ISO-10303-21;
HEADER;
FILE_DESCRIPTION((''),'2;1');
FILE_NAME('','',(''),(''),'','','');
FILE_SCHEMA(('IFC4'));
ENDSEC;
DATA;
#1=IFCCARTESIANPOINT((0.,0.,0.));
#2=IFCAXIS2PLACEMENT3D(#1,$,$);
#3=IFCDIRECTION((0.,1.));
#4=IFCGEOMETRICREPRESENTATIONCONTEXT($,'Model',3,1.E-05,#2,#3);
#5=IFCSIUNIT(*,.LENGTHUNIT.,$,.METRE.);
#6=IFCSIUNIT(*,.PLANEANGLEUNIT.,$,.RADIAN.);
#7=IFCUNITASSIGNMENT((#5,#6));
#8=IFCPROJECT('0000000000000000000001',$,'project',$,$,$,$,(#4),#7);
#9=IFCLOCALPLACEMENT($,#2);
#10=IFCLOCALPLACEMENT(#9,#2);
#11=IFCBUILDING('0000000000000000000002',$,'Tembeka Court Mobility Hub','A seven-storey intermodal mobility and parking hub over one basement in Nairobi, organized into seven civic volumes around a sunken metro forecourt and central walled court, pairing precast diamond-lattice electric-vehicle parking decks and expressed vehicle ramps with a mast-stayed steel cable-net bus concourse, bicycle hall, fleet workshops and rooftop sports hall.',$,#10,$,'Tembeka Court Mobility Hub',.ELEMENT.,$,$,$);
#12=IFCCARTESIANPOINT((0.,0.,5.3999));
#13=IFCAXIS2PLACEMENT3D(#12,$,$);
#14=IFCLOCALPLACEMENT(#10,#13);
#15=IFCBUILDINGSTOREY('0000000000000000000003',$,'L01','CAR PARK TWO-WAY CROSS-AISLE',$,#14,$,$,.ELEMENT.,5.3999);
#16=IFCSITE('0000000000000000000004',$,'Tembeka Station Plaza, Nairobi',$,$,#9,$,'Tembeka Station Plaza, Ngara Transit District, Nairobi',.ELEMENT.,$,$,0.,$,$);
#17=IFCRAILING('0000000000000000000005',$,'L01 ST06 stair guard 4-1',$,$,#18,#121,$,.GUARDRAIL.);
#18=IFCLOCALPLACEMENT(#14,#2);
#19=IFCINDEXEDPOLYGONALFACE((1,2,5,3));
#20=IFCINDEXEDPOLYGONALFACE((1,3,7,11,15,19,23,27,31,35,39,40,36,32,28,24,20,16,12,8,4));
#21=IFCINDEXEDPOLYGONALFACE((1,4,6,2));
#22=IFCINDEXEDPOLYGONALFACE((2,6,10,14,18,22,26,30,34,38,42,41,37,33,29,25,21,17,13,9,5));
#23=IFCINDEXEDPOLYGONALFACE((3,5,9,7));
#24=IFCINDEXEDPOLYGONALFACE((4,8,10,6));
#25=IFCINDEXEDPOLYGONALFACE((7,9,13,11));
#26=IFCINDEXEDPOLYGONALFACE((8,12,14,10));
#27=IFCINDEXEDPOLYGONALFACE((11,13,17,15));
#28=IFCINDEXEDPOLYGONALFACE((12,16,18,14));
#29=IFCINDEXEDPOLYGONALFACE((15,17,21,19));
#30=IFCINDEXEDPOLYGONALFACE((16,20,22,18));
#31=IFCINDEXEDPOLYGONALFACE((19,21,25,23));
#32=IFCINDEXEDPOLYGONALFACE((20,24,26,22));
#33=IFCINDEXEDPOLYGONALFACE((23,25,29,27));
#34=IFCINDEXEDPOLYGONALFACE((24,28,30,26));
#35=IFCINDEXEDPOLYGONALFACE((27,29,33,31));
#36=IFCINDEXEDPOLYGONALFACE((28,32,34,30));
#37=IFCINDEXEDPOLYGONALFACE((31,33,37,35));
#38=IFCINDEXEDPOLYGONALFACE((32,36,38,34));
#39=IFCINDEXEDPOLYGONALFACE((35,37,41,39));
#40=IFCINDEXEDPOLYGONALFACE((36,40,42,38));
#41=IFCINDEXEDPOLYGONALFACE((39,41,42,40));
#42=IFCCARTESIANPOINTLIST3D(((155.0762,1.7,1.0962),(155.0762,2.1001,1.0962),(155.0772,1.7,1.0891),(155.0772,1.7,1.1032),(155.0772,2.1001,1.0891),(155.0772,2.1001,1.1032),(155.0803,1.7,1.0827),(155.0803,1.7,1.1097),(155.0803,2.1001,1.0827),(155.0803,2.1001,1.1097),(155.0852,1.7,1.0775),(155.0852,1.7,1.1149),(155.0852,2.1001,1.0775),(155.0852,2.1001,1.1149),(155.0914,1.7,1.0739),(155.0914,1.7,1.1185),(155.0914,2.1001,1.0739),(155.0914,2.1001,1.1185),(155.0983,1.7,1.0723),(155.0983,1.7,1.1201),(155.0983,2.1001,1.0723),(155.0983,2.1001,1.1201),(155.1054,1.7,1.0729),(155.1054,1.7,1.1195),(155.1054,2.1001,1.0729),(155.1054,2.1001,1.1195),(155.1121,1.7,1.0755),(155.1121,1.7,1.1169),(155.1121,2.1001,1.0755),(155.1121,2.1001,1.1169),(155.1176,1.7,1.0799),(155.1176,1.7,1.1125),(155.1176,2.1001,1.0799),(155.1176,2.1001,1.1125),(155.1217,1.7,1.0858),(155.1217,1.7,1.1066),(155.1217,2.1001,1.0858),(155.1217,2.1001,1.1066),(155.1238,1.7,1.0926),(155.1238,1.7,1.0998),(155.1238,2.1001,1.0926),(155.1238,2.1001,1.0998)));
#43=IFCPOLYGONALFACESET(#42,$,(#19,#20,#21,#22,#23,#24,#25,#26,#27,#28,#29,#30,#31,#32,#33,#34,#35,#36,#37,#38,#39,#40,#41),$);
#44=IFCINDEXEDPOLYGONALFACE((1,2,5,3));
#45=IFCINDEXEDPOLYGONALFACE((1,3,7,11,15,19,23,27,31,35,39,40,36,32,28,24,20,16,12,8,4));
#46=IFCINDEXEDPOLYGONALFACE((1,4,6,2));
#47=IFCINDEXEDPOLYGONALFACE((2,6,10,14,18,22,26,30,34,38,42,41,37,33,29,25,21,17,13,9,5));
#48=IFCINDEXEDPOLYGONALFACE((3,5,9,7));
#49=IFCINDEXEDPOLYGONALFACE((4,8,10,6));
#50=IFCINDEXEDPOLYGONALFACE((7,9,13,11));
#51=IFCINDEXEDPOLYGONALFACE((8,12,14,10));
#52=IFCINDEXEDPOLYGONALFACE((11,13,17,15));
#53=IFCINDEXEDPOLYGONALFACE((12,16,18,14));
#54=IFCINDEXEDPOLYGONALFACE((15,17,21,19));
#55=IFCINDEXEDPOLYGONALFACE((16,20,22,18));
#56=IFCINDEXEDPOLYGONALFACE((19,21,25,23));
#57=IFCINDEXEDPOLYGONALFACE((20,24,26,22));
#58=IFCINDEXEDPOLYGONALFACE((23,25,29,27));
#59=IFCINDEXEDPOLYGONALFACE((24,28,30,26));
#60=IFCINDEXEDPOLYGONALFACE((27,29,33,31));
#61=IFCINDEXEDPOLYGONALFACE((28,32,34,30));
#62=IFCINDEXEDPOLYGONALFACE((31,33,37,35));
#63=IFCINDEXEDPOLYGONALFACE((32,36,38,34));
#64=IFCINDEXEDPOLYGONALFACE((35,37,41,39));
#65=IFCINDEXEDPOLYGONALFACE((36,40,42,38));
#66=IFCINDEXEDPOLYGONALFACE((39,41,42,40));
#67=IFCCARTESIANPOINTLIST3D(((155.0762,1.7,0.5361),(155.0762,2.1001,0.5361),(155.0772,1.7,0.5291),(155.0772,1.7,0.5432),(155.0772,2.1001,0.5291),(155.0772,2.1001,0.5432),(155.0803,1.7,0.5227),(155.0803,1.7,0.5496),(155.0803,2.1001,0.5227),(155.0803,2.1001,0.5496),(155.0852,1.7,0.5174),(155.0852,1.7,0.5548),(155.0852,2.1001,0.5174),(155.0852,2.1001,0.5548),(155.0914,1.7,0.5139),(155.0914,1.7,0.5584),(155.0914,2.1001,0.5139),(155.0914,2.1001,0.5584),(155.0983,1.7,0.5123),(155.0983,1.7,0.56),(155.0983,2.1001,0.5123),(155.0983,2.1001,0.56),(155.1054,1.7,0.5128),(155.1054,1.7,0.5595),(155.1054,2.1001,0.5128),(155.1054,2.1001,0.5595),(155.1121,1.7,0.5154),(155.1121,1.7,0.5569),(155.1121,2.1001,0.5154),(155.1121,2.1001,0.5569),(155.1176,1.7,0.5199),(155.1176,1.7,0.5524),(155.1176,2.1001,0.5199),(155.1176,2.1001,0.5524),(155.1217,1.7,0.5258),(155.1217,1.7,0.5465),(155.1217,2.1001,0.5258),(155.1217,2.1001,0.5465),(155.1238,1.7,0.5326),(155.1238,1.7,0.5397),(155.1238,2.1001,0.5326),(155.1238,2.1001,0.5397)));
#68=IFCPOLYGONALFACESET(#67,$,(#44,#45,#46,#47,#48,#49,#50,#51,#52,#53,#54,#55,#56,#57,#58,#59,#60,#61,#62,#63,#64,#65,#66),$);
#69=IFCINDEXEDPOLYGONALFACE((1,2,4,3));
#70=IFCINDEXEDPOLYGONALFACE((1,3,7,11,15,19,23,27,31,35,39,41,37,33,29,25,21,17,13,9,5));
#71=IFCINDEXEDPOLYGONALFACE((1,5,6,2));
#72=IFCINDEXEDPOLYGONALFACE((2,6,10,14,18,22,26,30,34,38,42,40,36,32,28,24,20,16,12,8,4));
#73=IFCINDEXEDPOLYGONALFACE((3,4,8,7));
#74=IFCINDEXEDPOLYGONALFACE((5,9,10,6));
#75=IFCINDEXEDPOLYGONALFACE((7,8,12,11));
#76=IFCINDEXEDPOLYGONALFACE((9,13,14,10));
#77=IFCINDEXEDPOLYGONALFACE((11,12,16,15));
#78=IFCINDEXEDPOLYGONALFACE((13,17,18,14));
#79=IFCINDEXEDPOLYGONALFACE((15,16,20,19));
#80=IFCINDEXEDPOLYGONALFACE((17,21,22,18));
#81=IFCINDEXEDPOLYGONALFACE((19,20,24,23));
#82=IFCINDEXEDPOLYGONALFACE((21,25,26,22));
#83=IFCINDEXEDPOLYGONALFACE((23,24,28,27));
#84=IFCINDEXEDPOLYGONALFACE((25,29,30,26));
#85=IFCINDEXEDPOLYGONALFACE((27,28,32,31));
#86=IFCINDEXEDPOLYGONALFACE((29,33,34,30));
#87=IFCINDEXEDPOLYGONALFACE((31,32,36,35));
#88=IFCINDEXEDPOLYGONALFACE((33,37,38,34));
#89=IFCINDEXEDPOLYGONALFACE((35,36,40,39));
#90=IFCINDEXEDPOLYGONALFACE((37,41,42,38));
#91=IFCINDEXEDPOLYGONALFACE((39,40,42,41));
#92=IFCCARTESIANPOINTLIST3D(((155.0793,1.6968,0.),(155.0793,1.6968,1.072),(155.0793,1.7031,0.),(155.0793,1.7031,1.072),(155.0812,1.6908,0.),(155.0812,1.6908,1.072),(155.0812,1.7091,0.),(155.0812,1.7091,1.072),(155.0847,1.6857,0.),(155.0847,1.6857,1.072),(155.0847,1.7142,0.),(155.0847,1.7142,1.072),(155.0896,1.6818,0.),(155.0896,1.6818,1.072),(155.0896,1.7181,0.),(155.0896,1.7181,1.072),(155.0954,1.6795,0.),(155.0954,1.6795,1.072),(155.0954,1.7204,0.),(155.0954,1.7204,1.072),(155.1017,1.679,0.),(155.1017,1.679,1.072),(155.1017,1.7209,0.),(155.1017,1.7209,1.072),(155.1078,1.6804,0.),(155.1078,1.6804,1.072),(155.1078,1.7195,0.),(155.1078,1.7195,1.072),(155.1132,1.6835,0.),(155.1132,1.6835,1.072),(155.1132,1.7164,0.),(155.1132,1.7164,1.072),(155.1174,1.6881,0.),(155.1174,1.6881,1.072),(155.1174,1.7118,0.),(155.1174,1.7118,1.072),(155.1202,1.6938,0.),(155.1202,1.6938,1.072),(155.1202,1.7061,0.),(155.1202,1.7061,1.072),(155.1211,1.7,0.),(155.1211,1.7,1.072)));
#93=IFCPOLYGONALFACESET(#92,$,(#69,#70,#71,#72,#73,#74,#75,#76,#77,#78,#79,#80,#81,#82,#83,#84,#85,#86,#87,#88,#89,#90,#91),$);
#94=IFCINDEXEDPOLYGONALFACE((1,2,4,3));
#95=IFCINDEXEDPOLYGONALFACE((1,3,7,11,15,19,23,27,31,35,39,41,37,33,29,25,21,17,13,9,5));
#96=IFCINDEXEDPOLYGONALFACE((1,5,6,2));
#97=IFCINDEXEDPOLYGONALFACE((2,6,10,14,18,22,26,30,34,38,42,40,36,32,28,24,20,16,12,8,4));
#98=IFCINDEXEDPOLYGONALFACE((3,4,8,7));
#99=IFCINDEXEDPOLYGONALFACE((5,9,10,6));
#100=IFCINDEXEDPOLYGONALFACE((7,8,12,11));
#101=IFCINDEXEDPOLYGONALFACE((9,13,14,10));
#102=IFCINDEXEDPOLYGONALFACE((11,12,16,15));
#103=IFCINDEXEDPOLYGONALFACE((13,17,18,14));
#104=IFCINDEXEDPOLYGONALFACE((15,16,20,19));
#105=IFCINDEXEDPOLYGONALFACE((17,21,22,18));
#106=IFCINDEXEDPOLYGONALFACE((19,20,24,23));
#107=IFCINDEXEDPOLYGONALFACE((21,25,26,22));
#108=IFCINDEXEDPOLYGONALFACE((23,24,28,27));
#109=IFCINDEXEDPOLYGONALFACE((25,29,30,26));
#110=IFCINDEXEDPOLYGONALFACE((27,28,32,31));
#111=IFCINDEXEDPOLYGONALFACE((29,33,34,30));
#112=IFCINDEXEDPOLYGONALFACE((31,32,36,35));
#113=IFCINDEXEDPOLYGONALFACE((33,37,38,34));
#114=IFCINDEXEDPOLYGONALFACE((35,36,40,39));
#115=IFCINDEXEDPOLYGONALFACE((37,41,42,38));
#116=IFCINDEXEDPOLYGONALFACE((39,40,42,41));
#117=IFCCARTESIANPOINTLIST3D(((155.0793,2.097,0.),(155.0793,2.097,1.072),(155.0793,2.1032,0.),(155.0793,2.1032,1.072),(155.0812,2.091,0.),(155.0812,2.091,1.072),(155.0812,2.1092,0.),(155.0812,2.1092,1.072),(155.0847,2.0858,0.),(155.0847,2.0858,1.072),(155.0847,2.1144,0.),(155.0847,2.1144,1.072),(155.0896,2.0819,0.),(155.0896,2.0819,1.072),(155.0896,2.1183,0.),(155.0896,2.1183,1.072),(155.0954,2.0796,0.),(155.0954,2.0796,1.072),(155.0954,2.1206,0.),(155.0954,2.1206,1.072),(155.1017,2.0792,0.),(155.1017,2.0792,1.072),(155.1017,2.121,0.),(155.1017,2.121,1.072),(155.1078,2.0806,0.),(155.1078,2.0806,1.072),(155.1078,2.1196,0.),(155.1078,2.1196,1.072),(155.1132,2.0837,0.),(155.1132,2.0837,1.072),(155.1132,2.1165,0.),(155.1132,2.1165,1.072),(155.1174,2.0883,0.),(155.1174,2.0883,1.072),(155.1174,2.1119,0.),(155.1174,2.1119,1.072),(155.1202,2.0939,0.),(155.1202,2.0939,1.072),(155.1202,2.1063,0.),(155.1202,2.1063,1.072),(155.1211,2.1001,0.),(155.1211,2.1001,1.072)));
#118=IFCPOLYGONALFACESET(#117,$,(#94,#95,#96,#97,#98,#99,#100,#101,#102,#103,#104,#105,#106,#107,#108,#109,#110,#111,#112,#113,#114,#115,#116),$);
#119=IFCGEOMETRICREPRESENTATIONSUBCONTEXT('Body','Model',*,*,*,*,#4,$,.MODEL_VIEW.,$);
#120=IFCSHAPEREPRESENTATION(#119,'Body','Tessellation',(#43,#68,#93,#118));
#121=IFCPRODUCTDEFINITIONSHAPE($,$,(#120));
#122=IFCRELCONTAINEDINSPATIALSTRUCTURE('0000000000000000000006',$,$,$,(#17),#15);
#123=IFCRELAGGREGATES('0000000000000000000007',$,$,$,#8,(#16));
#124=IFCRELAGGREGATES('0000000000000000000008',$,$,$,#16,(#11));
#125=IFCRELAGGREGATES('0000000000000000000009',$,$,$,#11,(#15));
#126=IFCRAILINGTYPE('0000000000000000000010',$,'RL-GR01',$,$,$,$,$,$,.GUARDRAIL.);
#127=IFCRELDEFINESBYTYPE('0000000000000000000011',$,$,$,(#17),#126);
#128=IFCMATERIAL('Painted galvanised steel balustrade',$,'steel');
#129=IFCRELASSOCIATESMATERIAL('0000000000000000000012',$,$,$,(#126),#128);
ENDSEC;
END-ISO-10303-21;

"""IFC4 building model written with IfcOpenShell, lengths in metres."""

from ifc_helpers import new_model, si_unit, direction, frame, origin, origin_2d, place, context, subcontext, project, spatial, circle, extrude, material, type_object, element, save


model = new_model("IFC4")

# Units and contexts
model_context = context("Model", 3, precision=1e-05, world=origin(), true_north=direction((0.0, 1.0)))
body_context = subcontext(model_context, "Body", "Model", "MODEL_VIEW")
ifc_project = project(units=[si_unit("LENGTHUNIT", "METRE"), si_unit("PLANEANGLEUNIT", "RADIAN")], contexts=[model_context])

# Site, building, storey
site_placement = place(None, origin())
site = spatial("IfcSite", under=ifc_project, at=site_placement, Name="Tembeka Station Plaza, Nairobi", LongName="Tembeka Station Plaza, Ngara Transit District, Nairobi", CompositionType="ELEMENT", RefElevation=0.0)
building_placement = place(site_placement, origin())
building = spatial("IfcBuilding", under=site, at=building_placement, Name="Tembeka Court Mobility Hub", Description="A seven-storey intermodal mobility and parking hub over one basement in Nairobi, organized into seven civic volumes around a sunken metro forecourt and central walled court, pairing precast diamond-lattice electric-vehicle parking decks and expressed vehicle ramps with a mast-stayed steel cable-net bus concourse, bicycle hall, fleet workshops and rooftop sports hall.", LongName="Tembeka Court Mobility Hub", CompositionType="ELEMENT")
storey_placement = place(building_placement, frame((0.0, 0.0, 5.3999)))
storey = spatial("IfcBuildingStorey", under=building, at=storey_placement, Name="L01", Description="CAR PARK TWO-WAY CROSS-AISLE", CompositionType="ELEMENT", Elevation=5.3999)

# Railing
ifc_material_1 = material(Name="Painted galvanised steel balustrade", Category="steel")
railing_type_1 = type_object("IfcRailingType", Name="RL-GR01", PredefinedType="GUARDRAIL", material=ifc_material_1)
railing_1_placement = place(storey_placement, frame((155.1001, 1.7, 0.0)))
element("IfcRailing", 1, at=railing_1_placement, inside=storey, type_object=railing_type_1, Name="L01 ST06 stair guard 4-1", PredefinedType="GUARDRAIL", context=body_context, shape_type="SweptSolid", body=[
    extrude(circle(Radius=0.0239, at=origin_2d()), frame((0.0, 0.0, 1.0962), z_axis=(0.0, 1.0, 0.0), x_axis=(-1.0, 0.0, 0.0)), (0.0, 0.0, 1.0), 0.4001),
    extrude(circle(Radius=0.0239, at=origin_2d()), frame((0.0, 0.0, 0.5361), z_axis=(0.0, 1.0, 0.0), x_axis=(-1.0, 0.0, 0.0)), (0.0, 0.0, 1.0), 0.4001),
    extrude(circle(Radius=0.021, at=origin_2d()), origin(), (0.0, 0.0, 1.0), 1.072),
    extrude(circle(Radius=0.021, at=origin_2d()), frame((0.0, 0.4001, 0.0)), (0.0, 0.0, 1.0), 1.072),
])

save(model, "model.ifc")
